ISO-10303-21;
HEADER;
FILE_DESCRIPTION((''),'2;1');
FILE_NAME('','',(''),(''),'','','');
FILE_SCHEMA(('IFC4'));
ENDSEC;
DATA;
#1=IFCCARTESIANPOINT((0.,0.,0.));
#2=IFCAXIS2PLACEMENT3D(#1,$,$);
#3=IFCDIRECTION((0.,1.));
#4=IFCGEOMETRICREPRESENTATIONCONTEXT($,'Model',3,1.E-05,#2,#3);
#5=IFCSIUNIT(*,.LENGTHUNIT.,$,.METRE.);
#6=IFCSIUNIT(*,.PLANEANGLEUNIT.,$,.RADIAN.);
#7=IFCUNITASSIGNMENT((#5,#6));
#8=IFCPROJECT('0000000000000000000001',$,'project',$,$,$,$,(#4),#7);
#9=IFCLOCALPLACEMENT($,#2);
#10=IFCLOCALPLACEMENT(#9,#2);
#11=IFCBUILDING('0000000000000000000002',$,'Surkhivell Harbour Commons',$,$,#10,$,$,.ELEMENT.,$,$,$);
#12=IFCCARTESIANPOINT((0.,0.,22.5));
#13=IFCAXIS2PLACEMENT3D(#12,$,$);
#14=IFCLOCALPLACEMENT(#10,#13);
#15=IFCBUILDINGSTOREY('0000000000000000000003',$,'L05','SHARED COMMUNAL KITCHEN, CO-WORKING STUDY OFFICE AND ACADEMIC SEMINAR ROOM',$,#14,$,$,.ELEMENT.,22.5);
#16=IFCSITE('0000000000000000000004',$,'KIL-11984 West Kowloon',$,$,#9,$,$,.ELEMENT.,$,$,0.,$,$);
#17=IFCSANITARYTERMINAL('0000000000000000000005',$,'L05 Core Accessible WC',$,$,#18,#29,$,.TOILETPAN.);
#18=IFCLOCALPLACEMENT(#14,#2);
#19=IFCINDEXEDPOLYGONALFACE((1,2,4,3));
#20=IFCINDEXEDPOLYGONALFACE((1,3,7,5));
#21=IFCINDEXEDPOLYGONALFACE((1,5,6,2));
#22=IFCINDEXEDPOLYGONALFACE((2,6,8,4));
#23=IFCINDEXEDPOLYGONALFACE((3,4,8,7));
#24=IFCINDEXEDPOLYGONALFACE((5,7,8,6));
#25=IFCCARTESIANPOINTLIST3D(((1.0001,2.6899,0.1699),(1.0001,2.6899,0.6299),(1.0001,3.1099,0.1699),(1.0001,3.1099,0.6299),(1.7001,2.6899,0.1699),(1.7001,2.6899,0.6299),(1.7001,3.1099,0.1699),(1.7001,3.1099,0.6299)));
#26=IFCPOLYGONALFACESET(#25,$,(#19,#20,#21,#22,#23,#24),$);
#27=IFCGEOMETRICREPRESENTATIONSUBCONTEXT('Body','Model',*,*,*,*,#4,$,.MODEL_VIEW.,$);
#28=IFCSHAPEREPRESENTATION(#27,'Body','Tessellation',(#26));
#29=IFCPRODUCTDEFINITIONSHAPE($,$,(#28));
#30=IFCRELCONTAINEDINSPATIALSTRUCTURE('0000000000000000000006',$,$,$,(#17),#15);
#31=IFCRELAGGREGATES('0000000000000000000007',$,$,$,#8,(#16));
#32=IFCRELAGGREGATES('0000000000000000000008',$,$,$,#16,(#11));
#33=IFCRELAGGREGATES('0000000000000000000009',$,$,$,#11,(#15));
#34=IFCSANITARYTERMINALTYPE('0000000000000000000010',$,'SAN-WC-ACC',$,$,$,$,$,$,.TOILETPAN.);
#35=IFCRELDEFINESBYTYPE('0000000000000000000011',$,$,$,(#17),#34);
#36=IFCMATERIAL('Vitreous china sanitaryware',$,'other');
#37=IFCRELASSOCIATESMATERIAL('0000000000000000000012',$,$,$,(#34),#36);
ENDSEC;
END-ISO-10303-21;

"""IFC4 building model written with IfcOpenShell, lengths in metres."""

from ifc_helpers import new_model, si_unit, direction, frame, origin, origin_2d, place, context, subcontext, project, spatial, rectangle, extrude, material, type_object, element, save


model = new_model("IFC4")

# Units and contexts
model_context = context("Model", 3, precision=1e-05, world=origin(), true_north=direction((0.0, 1.0)))
body_context = subcontext(model_context, "Body", "Model", "MODEL_VIEW")
ifc_project = project(units=[si_unit("LENGTHUNIT", "METRE"), si_unit("PLANEANGLEUNIT", "RADIAN")], contexts=[model_context])

# Site, building, storey
site_placement = place(None, origin())
site = spatial("IfcSite", under=ifc_project, at=site_placement, Name="KIL-11984 West Kowloon", CompositionType="ELEMENT", RefElevation=0.0)
building_placement = place(site_placement, origin())
building = spatial("IfcBuilding", under=site, at=building_placement, Name="Surkhivell Harbour Commons", CompositionType="ELEMENT")
storey_placement = place(building_placement, frame((0.0, 0.0, 22.5)))
storey = spatial("IfcBuildingStorey", under=building, at=storey_placement, Name="L05", Description="SHARED COMMUNAL KITCHEN, CO-WORKING STUDY OFFICE AND ACADEMIC SEMINAR ROOM", CompositionType="ELEMENT", Elevation=22.5)

# Sanitary terminal
ifc_material_1 = material(Name="Vitreous china sanitaryware", Category="other")
sanitary_terminal_type_1 = type_object("IfcSanitaryTerminalType", Name="SAN-WC-ACC", PredefinedType="TOILETPAN", material=ifc_material_1)
sanitary_terminal_1_placement = place(storey_placement, frame((1.3501, 2.8999, 0.1699), z_axis=(0.0, 0.0, 1.0), x_axis=(1.0, 0.0, 0.0)))
element("IfcSanitaryTerminal", 1, at=sanitary_terminal_1_placement, inside=storey, type_object=sanitary_terminal_type_1, Name="L05 Core Accessible WC", PredefinedType="TOILETPAN", context=body_context, shape_type="SweptSolid", body=[
    extrude(rectangle(XDim=0.7, YDim=0.4199, at=origin_2d()), origin(), (0.0, 0.0, 1.0), 0.46),
])

save(model, "model.ifc")
